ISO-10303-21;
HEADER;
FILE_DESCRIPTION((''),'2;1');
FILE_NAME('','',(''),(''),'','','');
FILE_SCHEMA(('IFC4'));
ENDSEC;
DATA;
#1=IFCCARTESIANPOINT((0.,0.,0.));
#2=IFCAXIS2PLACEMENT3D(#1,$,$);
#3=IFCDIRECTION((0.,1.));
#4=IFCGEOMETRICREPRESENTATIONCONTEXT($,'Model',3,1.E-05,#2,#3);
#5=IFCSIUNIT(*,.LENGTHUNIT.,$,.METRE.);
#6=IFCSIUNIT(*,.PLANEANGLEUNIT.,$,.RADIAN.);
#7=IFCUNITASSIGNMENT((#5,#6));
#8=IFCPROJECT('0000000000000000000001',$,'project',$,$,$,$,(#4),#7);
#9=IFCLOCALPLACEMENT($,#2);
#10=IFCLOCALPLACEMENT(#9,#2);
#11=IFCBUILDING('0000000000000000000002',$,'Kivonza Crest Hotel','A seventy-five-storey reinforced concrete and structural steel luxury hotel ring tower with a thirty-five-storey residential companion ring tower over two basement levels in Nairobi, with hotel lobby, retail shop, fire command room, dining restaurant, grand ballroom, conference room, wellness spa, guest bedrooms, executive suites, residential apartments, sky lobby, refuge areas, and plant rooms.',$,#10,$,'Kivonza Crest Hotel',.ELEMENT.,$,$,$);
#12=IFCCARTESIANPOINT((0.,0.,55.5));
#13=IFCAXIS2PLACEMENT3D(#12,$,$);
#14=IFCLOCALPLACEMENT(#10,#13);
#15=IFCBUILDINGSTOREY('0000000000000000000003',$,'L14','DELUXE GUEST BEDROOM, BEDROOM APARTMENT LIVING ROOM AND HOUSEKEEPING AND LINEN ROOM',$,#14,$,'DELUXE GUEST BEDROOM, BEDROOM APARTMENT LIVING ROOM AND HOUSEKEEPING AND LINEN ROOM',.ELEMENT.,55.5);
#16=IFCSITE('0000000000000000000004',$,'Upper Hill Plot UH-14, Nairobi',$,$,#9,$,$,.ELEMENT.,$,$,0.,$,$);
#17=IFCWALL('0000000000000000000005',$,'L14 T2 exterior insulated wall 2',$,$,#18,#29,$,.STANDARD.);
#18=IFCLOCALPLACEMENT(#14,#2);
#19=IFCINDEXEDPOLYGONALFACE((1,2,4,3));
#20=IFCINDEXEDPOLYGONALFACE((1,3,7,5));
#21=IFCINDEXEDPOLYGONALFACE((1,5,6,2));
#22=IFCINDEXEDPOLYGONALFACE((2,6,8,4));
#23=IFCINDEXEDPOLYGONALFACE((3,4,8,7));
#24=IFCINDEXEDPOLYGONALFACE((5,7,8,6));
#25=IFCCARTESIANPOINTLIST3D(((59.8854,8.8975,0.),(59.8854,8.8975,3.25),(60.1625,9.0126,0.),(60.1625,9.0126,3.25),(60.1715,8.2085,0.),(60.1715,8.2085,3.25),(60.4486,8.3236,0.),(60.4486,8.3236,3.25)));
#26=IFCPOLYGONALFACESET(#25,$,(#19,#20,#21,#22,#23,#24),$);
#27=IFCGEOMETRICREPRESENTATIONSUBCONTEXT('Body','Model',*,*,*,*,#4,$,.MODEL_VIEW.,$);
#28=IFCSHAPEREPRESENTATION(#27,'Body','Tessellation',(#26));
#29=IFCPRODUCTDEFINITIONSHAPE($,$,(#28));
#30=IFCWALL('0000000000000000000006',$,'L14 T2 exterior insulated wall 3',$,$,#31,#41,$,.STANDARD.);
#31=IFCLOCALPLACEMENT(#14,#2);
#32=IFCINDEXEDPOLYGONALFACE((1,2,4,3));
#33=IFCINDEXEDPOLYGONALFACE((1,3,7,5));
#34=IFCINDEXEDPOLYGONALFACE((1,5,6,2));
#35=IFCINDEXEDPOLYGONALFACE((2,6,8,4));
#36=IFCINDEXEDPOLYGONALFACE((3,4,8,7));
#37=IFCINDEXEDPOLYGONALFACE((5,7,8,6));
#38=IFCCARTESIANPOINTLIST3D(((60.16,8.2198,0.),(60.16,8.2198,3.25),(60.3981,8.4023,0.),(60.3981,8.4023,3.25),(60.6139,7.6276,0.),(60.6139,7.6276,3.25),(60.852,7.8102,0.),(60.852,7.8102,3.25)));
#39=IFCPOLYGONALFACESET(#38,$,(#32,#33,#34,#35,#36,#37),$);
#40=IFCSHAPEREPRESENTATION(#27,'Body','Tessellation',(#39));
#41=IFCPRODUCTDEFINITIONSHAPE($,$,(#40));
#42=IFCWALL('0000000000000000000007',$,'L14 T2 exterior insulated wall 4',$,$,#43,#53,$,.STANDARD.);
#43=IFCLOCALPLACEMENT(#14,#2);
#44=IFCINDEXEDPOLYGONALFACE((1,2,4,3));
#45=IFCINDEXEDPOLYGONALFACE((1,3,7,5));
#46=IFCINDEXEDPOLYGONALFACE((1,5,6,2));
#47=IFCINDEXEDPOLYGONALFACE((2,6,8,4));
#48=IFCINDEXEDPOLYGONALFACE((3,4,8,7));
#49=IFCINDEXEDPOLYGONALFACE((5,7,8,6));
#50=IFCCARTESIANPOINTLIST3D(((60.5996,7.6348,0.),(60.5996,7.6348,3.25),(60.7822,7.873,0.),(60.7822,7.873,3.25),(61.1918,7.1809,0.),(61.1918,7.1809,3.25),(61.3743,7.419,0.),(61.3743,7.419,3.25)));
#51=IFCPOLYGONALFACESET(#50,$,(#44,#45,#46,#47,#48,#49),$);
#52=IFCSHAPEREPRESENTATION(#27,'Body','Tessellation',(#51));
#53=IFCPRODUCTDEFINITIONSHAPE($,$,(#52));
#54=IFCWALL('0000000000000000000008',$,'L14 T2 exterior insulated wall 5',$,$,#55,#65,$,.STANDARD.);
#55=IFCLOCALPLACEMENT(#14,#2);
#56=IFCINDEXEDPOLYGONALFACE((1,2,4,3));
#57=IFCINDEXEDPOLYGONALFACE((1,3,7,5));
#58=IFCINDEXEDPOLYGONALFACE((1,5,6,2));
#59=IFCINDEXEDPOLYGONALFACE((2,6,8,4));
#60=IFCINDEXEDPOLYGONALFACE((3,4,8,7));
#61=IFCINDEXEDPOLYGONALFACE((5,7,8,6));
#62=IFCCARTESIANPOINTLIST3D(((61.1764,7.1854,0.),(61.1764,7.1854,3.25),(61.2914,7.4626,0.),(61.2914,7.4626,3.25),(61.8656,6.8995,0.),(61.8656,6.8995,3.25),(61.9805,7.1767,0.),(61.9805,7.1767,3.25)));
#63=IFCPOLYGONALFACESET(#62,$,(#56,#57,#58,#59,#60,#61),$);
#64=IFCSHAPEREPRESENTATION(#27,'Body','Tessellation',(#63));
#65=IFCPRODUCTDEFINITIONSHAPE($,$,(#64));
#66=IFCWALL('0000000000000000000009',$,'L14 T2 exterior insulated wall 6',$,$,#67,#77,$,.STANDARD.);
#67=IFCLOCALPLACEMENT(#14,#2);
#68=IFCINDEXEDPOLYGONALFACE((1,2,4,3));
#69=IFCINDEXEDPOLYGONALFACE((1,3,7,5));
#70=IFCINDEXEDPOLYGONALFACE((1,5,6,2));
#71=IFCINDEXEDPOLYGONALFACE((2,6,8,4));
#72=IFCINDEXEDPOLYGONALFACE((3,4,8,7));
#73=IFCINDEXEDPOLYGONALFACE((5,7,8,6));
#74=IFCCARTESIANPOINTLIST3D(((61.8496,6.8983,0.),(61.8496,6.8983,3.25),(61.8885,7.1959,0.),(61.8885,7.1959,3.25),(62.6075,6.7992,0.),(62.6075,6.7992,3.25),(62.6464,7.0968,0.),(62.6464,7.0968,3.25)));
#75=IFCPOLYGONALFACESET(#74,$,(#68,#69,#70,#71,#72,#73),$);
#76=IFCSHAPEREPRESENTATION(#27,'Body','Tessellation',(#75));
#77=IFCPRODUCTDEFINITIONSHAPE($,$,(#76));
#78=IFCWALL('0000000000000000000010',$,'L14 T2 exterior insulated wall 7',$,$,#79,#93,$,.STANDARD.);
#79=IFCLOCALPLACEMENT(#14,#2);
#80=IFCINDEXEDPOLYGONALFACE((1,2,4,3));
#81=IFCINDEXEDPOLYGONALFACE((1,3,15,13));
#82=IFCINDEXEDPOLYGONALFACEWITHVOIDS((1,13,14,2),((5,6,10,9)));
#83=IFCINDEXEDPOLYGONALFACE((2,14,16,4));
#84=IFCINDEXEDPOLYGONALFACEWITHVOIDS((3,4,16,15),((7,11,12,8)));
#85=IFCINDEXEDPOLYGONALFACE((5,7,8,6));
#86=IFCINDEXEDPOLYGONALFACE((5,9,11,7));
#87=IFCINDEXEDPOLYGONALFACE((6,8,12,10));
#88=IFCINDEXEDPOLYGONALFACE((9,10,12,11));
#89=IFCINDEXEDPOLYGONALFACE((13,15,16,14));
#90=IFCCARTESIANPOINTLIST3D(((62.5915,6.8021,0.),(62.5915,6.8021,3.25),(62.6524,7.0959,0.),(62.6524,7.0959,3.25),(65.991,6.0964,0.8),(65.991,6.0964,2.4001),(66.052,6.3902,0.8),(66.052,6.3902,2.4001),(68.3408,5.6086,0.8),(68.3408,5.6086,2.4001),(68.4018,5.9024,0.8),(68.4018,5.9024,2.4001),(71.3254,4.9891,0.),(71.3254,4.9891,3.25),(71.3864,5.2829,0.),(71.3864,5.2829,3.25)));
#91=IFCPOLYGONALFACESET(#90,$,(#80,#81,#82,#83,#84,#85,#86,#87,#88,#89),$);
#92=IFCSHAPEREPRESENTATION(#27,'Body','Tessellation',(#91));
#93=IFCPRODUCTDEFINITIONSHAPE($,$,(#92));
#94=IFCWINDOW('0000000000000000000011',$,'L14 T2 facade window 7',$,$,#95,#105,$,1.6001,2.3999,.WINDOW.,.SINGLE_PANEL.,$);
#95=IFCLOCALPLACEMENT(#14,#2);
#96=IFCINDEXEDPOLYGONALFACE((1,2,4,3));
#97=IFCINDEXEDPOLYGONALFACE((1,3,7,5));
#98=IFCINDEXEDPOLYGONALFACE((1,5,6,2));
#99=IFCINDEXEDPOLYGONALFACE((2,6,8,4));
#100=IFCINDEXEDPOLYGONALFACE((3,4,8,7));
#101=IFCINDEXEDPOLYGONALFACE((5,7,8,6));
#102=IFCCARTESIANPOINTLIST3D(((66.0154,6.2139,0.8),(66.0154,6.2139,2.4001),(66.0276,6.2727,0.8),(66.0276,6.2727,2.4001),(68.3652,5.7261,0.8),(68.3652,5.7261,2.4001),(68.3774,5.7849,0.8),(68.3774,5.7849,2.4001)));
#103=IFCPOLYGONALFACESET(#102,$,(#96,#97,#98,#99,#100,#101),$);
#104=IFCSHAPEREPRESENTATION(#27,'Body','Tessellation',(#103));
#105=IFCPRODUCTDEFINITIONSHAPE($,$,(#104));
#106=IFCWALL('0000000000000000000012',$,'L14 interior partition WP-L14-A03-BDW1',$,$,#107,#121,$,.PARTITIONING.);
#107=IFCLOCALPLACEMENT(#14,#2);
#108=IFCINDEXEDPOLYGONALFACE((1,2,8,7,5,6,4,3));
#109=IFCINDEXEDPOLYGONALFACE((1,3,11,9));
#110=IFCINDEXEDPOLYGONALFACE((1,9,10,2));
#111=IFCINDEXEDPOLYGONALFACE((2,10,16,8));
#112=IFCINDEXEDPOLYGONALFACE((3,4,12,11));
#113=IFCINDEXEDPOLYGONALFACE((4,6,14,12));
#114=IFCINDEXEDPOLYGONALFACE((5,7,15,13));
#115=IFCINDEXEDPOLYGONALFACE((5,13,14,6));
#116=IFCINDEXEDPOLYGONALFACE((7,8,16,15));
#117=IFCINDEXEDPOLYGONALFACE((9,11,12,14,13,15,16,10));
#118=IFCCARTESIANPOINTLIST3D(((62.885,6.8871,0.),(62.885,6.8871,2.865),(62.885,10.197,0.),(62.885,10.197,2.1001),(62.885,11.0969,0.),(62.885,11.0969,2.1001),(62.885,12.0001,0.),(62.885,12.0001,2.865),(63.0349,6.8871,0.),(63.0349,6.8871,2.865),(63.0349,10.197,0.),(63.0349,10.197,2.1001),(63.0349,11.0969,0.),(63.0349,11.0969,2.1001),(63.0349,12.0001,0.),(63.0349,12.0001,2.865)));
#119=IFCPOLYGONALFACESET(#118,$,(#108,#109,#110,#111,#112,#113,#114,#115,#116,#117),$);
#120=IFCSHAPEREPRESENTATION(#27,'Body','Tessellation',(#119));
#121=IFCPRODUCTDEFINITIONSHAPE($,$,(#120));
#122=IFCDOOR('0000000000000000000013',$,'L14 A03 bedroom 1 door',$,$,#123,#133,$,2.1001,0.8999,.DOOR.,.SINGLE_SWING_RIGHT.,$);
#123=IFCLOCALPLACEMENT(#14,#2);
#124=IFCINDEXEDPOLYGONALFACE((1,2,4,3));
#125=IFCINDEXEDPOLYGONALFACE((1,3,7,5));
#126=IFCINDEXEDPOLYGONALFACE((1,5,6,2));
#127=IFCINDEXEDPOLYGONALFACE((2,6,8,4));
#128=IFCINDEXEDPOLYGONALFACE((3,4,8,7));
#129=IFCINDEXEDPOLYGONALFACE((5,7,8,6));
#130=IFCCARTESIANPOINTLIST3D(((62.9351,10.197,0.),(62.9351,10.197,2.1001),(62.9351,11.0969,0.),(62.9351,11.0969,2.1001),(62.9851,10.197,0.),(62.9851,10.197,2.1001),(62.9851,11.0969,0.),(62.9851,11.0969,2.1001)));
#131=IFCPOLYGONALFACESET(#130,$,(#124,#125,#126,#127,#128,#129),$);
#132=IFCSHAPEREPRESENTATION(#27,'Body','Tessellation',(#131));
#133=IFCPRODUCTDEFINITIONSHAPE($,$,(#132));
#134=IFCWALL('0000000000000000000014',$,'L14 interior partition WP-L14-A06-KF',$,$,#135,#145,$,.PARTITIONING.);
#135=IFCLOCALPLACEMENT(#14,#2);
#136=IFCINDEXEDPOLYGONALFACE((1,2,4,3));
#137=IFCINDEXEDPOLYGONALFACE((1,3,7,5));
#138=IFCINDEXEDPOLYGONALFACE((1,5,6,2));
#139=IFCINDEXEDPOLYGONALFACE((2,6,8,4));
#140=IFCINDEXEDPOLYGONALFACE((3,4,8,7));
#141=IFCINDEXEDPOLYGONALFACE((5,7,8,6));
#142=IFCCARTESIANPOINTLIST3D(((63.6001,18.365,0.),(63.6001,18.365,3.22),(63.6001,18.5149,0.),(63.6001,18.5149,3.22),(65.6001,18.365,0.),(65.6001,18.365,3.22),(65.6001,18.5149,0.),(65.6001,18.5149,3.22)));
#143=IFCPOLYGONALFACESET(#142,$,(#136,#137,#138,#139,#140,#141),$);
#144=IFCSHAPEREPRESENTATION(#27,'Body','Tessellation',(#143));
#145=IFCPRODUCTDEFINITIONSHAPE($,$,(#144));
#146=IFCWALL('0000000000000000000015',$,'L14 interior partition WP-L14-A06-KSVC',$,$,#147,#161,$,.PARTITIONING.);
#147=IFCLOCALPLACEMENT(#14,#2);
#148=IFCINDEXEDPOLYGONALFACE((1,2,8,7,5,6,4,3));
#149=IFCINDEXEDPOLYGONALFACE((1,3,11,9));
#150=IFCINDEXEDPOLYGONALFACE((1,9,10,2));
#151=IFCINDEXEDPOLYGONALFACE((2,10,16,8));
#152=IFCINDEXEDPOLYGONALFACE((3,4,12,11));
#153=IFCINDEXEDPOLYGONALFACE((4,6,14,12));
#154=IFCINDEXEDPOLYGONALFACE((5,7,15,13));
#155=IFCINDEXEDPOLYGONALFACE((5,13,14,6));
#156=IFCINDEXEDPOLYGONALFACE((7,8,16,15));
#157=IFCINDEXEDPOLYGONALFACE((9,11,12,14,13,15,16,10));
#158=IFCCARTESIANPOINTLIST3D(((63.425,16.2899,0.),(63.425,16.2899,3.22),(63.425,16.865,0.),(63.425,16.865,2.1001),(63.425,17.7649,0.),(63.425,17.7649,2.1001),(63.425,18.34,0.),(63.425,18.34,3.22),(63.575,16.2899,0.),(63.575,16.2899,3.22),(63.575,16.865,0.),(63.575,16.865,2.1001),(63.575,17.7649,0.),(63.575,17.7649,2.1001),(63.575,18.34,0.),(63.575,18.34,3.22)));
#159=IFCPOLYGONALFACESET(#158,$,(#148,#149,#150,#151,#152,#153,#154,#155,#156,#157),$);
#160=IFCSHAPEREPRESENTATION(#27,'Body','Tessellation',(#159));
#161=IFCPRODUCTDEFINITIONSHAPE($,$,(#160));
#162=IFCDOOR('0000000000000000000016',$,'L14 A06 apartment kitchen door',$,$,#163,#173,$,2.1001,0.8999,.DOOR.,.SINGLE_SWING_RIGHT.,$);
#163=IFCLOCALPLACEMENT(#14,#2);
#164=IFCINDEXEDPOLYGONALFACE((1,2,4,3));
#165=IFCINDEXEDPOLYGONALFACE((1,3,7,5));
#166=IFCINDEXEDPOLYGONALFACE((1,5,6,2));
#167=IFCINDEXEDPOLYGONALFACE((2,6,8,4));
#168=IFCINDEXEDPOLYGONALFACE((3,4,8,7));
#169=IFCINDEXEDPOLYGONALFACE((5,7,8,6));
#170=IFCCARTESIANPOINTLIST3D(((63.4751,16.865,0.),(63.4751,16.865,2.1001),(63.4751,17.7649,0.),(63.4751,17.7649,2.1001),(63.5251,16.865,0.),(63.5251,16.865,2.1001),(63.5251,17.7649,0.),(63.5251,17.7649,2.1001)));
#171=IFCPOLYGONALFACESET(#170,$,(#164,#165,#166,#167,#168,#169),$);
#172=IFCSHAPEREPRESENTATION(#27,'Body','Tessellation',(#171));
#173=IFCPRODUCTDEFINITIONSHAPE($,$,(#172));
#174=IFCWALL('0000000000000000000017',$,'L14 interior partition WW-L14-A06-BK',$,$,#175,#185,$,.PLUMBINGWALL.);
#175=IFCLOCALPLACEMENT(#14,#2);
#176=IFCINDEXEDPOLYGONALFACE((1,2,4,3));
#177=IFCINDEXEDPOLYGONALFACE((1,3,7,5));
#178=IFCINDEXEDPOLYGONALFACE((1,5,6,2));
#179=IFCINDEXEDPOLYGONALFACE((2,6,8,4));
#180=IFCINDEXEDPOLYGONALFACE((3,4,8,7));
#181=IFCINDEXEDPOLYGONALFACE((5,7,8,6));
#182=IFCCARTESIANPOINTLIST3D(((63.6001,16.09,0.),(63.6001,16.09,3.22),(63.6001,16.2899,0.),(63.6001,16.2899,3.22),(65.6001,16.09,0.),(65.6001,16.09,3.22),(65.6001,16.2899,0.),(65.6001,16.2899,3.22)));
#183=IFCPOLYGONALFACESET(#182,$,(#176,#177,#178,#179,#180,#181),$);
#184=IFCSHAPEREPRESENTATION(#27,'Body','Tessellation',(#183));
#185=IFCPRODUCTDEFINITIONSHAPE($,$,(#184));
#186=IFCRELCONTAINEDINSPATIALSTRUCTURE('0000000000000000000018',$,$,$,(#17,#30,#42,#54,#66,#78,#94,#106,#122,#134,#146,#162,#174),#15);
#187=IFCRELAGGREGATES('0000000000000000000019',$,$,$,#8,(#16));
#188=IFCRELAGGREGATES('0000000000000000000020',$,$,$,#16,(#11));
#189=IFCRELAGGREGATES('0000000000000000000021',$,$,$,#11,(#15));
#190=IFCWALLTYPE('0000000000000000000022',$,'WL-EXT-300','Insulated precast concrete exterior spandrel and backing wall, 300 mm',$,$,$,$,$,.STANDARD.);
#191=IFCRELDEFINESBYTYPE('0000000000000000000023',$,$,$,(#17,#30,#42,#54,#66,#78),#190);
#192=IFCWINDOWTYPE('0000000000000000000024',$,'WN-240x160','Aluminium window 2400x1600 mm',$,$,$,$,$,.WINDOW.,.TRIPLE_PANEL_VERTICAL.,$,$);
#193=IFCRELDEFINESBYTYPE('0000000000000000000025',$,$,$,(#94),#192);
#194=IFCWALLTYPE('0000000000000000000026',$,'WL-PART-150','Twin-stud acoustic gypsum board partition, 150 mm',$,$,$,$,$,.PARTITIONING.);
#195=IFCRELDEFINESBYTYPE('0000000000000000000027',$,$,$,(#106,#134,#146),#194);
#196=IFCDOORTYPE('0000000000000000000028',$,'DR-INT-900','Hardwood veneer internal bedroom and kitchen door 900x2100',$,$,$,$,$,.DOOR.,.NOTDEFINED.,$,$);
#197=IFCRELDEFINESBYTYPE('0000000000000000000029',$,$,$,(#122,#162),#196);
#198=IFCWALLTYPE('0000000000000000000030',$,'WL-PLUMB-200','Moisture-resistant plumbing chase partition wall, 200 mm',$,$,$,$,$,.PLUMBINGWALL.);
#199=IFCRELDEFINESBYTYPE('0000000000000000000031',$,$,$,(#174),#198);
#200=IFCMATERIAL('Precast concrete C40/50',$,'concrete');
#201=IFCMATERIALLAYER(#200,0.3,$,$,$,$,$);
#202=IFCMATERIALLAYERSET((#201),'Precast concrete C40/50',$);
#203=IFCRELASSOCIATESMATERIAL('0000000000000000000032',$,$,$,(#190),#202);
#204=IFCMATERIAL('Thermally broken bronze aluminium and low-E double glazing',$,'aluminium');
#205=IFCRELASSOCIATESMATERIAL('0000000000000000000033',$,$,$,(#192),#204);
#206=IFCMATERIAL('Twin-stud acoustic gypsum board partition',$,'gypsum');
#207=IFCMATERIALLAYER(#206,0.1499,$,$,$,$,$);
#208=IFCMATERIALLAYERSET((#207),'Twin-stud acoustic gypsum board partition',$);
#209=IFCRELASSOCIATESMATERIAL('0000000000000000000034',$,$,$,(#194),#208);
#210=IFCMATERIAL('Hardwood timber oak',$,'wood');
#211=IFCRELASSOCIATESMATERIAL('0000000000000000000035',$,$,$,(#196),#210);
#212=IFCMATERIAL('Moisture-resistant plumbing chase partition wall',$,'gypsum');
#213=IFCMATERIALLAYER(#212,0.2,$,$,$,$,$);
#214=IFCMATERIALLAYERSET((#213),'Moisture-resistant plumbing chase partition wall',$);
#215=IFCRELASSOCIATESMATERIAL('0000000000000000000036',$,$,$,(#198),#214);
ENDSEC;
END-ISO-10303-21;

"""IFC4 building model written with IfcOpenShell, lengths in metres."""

from ifc_helpers import new_model, si_unit, direction, frame, frame_2d, origin, place, context, subcontext, project, spatial, rectangle, extrude, material, layer, layer_set, type_object, element, fill, save


model = new_model("IFC4")

# Units and contexts
model_context = context("Model", 3, precision=1e-05, world=origin(), true_north=direction((0.0, 1.0)))
body_context = subcontext(model_context, "Body", "Model", "MODEL_VIEW")
ifc_project = project(units=[si_unit("LENGTHUNIT", "METRE"), si_unit("PLANEANGLEUNIT", "RADIAN")], contexts=[model_context])

# Site, building, storey
site_placement = place(None, origin())
site = spatial("IfcSite", under=ifc_project, at=site_placement, Name="Upper Hill Plot UH-14, Nairobi", CompositionType="ELEMENT", RefElevation=0.0)
building_placement = place(site_placement, origin())
building = spatial("IfcBuilding", under=site, at=building_placement, Name="Kivonza Crest Hotel", Description="A seventy-five-storey reinforced concrete and structural steel luxury hotel ring tower with a thirty-five-storey residential companion ring tower over two basement levels in Nairobi, with hotel lobby, retail shop, fire command room, dining restaurant, grand ballroom, conference room, wellness spa, guest bedrooms, executive suites, residential apartments, sky lobby, refuge areas, and plant rooms.", LongName="Kivonza Crest Hotel", CompositionType="ELEMENT")
storey_placement = place(building_placement, frame((0.0, 0.0, 55.5)))
storey = spatial("IfcBuildingStorey", under=building, at=storey_placement, Name="L14", Description="DELUXE GUEST BEDROOM, BEDROOM APARTMENT LIVING ROOM AND HOUSEKEEPING AND LINEN ROOM", LongName="DELUXE GUEST BEDROOM, BEDROOM APARTMENT LIVING ROOM AND HOUSEKEEPING AND LINEN ROOM", CompositionType="ELEMENT", Elevation=55.5)

# Walls
ifc_material_1 = material(Name="Precast concrete C40/50", Category="concrete")
ifc_layer_1 = layer(ifc_material_1, 0.3)
ifc_layer_set_1 = layer_set([ifc_layer_1], Name="Precast concrete C40/50")
wall_type_1 = type_object("IfcWallType", Name="WL-EXT-300", Description="Insulated precast concrete exterior spandrel and backing wall, 300 mm", PredefinedType="STANDARD", material=ifc_layer_set_1)
for number, where, z_axis, x_axis, name in (
    (1, (60.0239, 8.9551, 0.0), (0.0, 0.0, 1.0), (0.383546, -0.923522, 0.0), "L14 T2 exterior insulated wall 2"),
    (2, (60.2791, 8.311, 0.0), (0.0, 0.0, 1.0), (0.608397, -0.793633, 0.0), "L14 T2 exterior insulated wall 3"),
    (3, (60.6909, 7.7539, 0.0), (0.0, 0.0, 1.0), (0.793633, -0.608397, 0.0), "L14 T2 exterior insulated wall 4"),
    (4, (61.2339, 7.324, 0.0), (0.0, 0.0, 1.0), (0.923686, -0.383151, 0.0), "L14 T2 exterior insulated wall 5"),
):
    element("IfcWall", number, at=place(storey_placement, frame(where, z_axis=z_axis, x_axis=x_axis)), inside=storey, type_object=wall_type_1, Name=name, PredefinedType="STANDARD", context=body_context, shape_type="SweptSolid", body=[
        extrude(rectangle(XDim=0.7461, YDim=0.3, at=frame_2d((0.373, 0.0))), origin(), (0.0, 0.0, 1.0), 3.25),
    ])
wall_1_placement = place(storey_placement, frame((61.8689, 7.0471, 0.0), z_axis=(0.0, 0.0, 1.0), x_axis=(0.991559, -0.129653, 0.0)))
element("IfcWall", 5, at=wall_1_placement, inside=storey, type_object=wall_type_1, Name="L14 T2 exterior insulated wall 6", PredefinedType="STANDARD", context=body_context, shape_type="SweptSolid", body=[
    extrude(rectangle(XDim=0.7644, YDim=0.3, at=frame_2d((0.3823, 0.0))), origin(), (0.0, 0.0, 1.0), 3.25),
])

# Wall, opening, window
wall_2_placement = place(storey_placement, frame((62.6221, 6.949, 0.0), z_axis=(0.0, 0.0, 1.0), x_axis=(0.979127, -0.203248, 0.0)))
wall_2 = element("IfcWall", 6, at=wall_2_placement, inside=storey, type_object=wall_type_1, Name="L14 T2 exterior insulated wall 7", PredefinedType="STANDARD", context=body_context, shape_type="SweptSolid", body=[
    extrude(rectangle(XDim=8.9202, YDim=0.3, at=frame_2d((4.46, 0.0))), origin(), (0.0, 0.0, 1.0), 3.25),
])
opening_1_placement = place(wall_2_placement, frame((3.4719, 0.0, 0.8)))
opening_1 = element("IfcOpeningElement", 7, at=opening_1_placement, cuts=wall_2, PredefinedType="OPENING", context=body_context, shape_type="SweptSolid", body=[
    extrude(rectangle(XDim=2.3999, YDim=1.6001, at=frame_2d((1.2, 0.8))), frame((0.0, 0.1602, 0.0), z_axis=(0.0, -1.0, 0.0), x_axis=(1.0, 0.0, 0.0)), (0.0, 0.0, 1.0), 0.3201),
])
ifc_material_2 = material(Name="Thermally broken bronze aluminium and low-E double glazing", Category="aluminium")
window_type = type_object("IfcWindowType", Name="WN-240x160", Description="Aluminium window 2400x1600 mm", PartitioningType="TRIPLE_PANEL_VERTICAL", PredefinedType="WINDOW", material=ifc_material_2)
window_placement = place(opening_1_placement, origin())
window = element("IfcWindow", 8, at=window_placement, inside=storey, type_object=window_type, Name="L14 T2 facade window 7", OverallHeight=1.6001, OverallWidth=2.3999, PartitioningType="SINGLE_PANEL", PredefinedType="WINDOW", context=body_context, shape_type="SweptSolid", body=[
    extrude(rectangle(XDim=2.3999, YDim=1.6001, at=frame_2d((1.2, 0.8))), frame((0.0, 0.03, 0.0), z_axis=(0.0, -1.0, 0.0), x_axis=(1.0, 0.0, 0.0)), (0.0, 0.0, 1.0), 0.0601),
])
fill(opening_1, window)

# Wall, opening, door
ifc_material_3 = material(Name="Twin-stud acoustic gypsum board partition", Category="gypsum")
ifc_layer_2 = layer(ifc_material_3, 0.1499)
ifc_layer_set_2 = layer_set([ifc_layer_2], Name="Twin-stud acoustic gypsum board partition")
wall_type_2 = type_object("IfcWallType", Name="WL-PART-150", Description="Twin-stud acoustic gypsum board partition, 150 mm", PredefinedType="PARTITIONING", material=ifc_layer_set_2)
wall_3_placement = place(storey_placement, frame((62.96, 6.887, 0.0), z_axis=(0.0, 0.0, 1.0), x_axis=(0.0, 1.0, 0.0)))
wall_3 = element("IfcWall", 9, at=wall_3_placement, inside=storey, type_object=wall_type_2, Name="L14 interior partition WP-L14-A03-BDW1", PredefinedType="PARTITIONING", context=body_context, shape_type="SweptSolid", body=[
    extrude(rectangle(XDim=5.113, YDim=0.1499, at=frame_2d((2.5566, 0.0))), origin(), (0.0, 0.0, 1.0), 2.865),
])
opening_2_placement = place(wall_3_placement, frame((3.3101, 0.0, 0.0)))
opening_2 = element("IfcOpeningElement", 10, at=opening_2_placement, cuts=wall_3, PredefinedType="OPENING", context=body_context, shape_type="SweptSolid", body=[
    extrude(rectangle(XDim=0.8999, YDim=2.1001, at=frame_2d((0.45, 1.05))), frame((0.0, 0.085, 0.0), z_axis=(0.0, -1.0, 0.0), x_axis=(1.0, 0.0, 0.0)), (0.0, 0.0, 1.0), 0.1699),
])
ifc_material_4 = material(Name="Hardwood timber oak", Category="wood")
door_type_1 = type_object("IfcDoorType", Name="DR-INT-900", Description="Hardwood veneer internal bedroom and kitchen door 900x2100", OperationType="NOTDEFINED", PredefinedType="DOOR", material=ifc_material_4)
door_1_placement = place(opening_2_placement, origin())
door_1 = element("IfcDoor", 11, at=door_1_placement, inside=storey, type_object=door_type_1, Name="L14 A03 bedroom 1 door", OperationType="SINGLE_SWING_RIGHT", OverallHeight=2.1001, OverallWidth=0.8999, PredefinedType="DOOR", context=body_context, shape_type="SweptSolid", body=[
    extrude(rectangle(XDim=0.8999, YDim=2.1001, at=frame_2d((0.45, 1.05))), frame((0.0, 0.0249, 0.0), z_axis=(0.0, -1.0, 0.0), x_axis=(1.0, 0.0, 0.0)), (0.0, 0.0, 1.0), 0.05),
])
fill(opening_2, door_1)

# Wall
wall_4_placement = place(storey_placement, frame((63.6001, 18.4399, 0.0), z_axis=(0.0, 0.0, 1.0), x_axis=(1.0, 0.0, 0.0)))
element("IfcWall", 12, at=wall_4_placement, inside=storey, type_object=wall_type_2, Name="L14 interior partition WP-L14-A06-KF", PredefinedType="PARTITIONING", context=body_context, shape_type="SweptSolid", body=[
    extrude(rectangle(XDim=2.0, YDim=0.1499, at=frame_2d((1.0, 0.0))), origin(), (0.0, 0.0, 1.0), 3.22),
])

# Wall, opening, door
wall_5_placement = place(storey_placement, frame((63.5, 16.29, 0.0), z_axis=(0.0, 0.0, 1.0), x_axis=(0.0, 1.0, 0.0)))
wall_5 = element("IfcWall", 13, at=wall_5_placement, inside=storey, type_object=wall_type_2, Name="L14 interior partition WP-L14-A06-KSVC", PredefinedType="PARTITIONING", context=body_context, shape_type="SweptSolid", body=[
    extrude(rectangle(XDim=2.05, YDim=0.1499, at=frame_2d((1.0249, 0.0))), origin(), (0.0, 0.0, 1.0), 3.22),
])
opening_3_placement = place(wall_5_placement, frame((0.575, 0.0, 0.0)))
opening_3 = element("IfcOpeningElement", 14, at=opening_3_placement, cuts=wall_5, PredefinedType="OPENING", context=body_context, shape_type="SweptSolid", body=[
    extrude(rectangle(XDim=0.8999, YDim=2.1001, at=frame_2d((0.45, 1.05))), frame((0.0, 0.085, 0.0), z_axis=(0.0, -1.0, 0.0), x_axis=(1.0, 0.0, 0.0)), (0.0, 0.0, 1.0), 0.1699),
])
door_2_placement = place(opening_3_placement, origin())
door_2 = element("IfcDoor", 15, at=door_2_placement, inside=storey, type_object=door_type_1, Name="L14 A06 apartment kitchen door", OperationType="SINGLE_SWING_RIGHT", OverallHeight=2.1001, OverallWidth=0.8999, PredefinedType="DOOR", context=body_context, shape_type="SweptSolid", body=[
    extrude(rectangle(XDim=0.8999, YDim=2.1001, at=frame_2d((0.45, 1.05))), frame((0.0, 0.0249, 0.0), z_axis=(0.0, -1.0, 0.0), x_axis=(1.0, 0.0, 0.0)), (0.0, 0.0, 1.0), 0.05),
])
fill(opening_3, door_2)

# Wall
ifc_material_5 = material(Name="Moisture-resistant plumbing chase partition wall", Category="gypsum")
ifc_layer_3 = layer(ifc_material_5, 0.2)
ifc_layer_set_3 = layer_set([ifc_layer_3], Name="Moisture-resistant plumbing chase partition wall")
wall_type_3 = type_object("IfcWallType", Name="WL-PLUMB-200", Description="Moisture-resistant plumbing chase partition wall, 200 mm", PredefinedType="PLUMBINGWALL", material=ifc_layer_set_3)
wall_6_placement = place(storey_placement, frame((63.6001, 16.1899, 0.0), z_axis=(0.0, 0.0, 1.0), x_axis=(1.0, 0.0, 0.0)))
element("IfcWall", 16, at=wall_6_placement, inside=storey, type_object=wall_type_3, Name="L14 interior partition WW-L14-A06-BK", PredefinedType="PLUMBINGWALL", context=body_context, shape_type="SweptSolid", body=[
    extrude(rectangle(XDim=2.0, YDim=0.2, at=frame_2d((1.0, 0.0))), origin(), (0.0, 0.0, 1.0), 3.22),
])

save(model, "model.ifc")
